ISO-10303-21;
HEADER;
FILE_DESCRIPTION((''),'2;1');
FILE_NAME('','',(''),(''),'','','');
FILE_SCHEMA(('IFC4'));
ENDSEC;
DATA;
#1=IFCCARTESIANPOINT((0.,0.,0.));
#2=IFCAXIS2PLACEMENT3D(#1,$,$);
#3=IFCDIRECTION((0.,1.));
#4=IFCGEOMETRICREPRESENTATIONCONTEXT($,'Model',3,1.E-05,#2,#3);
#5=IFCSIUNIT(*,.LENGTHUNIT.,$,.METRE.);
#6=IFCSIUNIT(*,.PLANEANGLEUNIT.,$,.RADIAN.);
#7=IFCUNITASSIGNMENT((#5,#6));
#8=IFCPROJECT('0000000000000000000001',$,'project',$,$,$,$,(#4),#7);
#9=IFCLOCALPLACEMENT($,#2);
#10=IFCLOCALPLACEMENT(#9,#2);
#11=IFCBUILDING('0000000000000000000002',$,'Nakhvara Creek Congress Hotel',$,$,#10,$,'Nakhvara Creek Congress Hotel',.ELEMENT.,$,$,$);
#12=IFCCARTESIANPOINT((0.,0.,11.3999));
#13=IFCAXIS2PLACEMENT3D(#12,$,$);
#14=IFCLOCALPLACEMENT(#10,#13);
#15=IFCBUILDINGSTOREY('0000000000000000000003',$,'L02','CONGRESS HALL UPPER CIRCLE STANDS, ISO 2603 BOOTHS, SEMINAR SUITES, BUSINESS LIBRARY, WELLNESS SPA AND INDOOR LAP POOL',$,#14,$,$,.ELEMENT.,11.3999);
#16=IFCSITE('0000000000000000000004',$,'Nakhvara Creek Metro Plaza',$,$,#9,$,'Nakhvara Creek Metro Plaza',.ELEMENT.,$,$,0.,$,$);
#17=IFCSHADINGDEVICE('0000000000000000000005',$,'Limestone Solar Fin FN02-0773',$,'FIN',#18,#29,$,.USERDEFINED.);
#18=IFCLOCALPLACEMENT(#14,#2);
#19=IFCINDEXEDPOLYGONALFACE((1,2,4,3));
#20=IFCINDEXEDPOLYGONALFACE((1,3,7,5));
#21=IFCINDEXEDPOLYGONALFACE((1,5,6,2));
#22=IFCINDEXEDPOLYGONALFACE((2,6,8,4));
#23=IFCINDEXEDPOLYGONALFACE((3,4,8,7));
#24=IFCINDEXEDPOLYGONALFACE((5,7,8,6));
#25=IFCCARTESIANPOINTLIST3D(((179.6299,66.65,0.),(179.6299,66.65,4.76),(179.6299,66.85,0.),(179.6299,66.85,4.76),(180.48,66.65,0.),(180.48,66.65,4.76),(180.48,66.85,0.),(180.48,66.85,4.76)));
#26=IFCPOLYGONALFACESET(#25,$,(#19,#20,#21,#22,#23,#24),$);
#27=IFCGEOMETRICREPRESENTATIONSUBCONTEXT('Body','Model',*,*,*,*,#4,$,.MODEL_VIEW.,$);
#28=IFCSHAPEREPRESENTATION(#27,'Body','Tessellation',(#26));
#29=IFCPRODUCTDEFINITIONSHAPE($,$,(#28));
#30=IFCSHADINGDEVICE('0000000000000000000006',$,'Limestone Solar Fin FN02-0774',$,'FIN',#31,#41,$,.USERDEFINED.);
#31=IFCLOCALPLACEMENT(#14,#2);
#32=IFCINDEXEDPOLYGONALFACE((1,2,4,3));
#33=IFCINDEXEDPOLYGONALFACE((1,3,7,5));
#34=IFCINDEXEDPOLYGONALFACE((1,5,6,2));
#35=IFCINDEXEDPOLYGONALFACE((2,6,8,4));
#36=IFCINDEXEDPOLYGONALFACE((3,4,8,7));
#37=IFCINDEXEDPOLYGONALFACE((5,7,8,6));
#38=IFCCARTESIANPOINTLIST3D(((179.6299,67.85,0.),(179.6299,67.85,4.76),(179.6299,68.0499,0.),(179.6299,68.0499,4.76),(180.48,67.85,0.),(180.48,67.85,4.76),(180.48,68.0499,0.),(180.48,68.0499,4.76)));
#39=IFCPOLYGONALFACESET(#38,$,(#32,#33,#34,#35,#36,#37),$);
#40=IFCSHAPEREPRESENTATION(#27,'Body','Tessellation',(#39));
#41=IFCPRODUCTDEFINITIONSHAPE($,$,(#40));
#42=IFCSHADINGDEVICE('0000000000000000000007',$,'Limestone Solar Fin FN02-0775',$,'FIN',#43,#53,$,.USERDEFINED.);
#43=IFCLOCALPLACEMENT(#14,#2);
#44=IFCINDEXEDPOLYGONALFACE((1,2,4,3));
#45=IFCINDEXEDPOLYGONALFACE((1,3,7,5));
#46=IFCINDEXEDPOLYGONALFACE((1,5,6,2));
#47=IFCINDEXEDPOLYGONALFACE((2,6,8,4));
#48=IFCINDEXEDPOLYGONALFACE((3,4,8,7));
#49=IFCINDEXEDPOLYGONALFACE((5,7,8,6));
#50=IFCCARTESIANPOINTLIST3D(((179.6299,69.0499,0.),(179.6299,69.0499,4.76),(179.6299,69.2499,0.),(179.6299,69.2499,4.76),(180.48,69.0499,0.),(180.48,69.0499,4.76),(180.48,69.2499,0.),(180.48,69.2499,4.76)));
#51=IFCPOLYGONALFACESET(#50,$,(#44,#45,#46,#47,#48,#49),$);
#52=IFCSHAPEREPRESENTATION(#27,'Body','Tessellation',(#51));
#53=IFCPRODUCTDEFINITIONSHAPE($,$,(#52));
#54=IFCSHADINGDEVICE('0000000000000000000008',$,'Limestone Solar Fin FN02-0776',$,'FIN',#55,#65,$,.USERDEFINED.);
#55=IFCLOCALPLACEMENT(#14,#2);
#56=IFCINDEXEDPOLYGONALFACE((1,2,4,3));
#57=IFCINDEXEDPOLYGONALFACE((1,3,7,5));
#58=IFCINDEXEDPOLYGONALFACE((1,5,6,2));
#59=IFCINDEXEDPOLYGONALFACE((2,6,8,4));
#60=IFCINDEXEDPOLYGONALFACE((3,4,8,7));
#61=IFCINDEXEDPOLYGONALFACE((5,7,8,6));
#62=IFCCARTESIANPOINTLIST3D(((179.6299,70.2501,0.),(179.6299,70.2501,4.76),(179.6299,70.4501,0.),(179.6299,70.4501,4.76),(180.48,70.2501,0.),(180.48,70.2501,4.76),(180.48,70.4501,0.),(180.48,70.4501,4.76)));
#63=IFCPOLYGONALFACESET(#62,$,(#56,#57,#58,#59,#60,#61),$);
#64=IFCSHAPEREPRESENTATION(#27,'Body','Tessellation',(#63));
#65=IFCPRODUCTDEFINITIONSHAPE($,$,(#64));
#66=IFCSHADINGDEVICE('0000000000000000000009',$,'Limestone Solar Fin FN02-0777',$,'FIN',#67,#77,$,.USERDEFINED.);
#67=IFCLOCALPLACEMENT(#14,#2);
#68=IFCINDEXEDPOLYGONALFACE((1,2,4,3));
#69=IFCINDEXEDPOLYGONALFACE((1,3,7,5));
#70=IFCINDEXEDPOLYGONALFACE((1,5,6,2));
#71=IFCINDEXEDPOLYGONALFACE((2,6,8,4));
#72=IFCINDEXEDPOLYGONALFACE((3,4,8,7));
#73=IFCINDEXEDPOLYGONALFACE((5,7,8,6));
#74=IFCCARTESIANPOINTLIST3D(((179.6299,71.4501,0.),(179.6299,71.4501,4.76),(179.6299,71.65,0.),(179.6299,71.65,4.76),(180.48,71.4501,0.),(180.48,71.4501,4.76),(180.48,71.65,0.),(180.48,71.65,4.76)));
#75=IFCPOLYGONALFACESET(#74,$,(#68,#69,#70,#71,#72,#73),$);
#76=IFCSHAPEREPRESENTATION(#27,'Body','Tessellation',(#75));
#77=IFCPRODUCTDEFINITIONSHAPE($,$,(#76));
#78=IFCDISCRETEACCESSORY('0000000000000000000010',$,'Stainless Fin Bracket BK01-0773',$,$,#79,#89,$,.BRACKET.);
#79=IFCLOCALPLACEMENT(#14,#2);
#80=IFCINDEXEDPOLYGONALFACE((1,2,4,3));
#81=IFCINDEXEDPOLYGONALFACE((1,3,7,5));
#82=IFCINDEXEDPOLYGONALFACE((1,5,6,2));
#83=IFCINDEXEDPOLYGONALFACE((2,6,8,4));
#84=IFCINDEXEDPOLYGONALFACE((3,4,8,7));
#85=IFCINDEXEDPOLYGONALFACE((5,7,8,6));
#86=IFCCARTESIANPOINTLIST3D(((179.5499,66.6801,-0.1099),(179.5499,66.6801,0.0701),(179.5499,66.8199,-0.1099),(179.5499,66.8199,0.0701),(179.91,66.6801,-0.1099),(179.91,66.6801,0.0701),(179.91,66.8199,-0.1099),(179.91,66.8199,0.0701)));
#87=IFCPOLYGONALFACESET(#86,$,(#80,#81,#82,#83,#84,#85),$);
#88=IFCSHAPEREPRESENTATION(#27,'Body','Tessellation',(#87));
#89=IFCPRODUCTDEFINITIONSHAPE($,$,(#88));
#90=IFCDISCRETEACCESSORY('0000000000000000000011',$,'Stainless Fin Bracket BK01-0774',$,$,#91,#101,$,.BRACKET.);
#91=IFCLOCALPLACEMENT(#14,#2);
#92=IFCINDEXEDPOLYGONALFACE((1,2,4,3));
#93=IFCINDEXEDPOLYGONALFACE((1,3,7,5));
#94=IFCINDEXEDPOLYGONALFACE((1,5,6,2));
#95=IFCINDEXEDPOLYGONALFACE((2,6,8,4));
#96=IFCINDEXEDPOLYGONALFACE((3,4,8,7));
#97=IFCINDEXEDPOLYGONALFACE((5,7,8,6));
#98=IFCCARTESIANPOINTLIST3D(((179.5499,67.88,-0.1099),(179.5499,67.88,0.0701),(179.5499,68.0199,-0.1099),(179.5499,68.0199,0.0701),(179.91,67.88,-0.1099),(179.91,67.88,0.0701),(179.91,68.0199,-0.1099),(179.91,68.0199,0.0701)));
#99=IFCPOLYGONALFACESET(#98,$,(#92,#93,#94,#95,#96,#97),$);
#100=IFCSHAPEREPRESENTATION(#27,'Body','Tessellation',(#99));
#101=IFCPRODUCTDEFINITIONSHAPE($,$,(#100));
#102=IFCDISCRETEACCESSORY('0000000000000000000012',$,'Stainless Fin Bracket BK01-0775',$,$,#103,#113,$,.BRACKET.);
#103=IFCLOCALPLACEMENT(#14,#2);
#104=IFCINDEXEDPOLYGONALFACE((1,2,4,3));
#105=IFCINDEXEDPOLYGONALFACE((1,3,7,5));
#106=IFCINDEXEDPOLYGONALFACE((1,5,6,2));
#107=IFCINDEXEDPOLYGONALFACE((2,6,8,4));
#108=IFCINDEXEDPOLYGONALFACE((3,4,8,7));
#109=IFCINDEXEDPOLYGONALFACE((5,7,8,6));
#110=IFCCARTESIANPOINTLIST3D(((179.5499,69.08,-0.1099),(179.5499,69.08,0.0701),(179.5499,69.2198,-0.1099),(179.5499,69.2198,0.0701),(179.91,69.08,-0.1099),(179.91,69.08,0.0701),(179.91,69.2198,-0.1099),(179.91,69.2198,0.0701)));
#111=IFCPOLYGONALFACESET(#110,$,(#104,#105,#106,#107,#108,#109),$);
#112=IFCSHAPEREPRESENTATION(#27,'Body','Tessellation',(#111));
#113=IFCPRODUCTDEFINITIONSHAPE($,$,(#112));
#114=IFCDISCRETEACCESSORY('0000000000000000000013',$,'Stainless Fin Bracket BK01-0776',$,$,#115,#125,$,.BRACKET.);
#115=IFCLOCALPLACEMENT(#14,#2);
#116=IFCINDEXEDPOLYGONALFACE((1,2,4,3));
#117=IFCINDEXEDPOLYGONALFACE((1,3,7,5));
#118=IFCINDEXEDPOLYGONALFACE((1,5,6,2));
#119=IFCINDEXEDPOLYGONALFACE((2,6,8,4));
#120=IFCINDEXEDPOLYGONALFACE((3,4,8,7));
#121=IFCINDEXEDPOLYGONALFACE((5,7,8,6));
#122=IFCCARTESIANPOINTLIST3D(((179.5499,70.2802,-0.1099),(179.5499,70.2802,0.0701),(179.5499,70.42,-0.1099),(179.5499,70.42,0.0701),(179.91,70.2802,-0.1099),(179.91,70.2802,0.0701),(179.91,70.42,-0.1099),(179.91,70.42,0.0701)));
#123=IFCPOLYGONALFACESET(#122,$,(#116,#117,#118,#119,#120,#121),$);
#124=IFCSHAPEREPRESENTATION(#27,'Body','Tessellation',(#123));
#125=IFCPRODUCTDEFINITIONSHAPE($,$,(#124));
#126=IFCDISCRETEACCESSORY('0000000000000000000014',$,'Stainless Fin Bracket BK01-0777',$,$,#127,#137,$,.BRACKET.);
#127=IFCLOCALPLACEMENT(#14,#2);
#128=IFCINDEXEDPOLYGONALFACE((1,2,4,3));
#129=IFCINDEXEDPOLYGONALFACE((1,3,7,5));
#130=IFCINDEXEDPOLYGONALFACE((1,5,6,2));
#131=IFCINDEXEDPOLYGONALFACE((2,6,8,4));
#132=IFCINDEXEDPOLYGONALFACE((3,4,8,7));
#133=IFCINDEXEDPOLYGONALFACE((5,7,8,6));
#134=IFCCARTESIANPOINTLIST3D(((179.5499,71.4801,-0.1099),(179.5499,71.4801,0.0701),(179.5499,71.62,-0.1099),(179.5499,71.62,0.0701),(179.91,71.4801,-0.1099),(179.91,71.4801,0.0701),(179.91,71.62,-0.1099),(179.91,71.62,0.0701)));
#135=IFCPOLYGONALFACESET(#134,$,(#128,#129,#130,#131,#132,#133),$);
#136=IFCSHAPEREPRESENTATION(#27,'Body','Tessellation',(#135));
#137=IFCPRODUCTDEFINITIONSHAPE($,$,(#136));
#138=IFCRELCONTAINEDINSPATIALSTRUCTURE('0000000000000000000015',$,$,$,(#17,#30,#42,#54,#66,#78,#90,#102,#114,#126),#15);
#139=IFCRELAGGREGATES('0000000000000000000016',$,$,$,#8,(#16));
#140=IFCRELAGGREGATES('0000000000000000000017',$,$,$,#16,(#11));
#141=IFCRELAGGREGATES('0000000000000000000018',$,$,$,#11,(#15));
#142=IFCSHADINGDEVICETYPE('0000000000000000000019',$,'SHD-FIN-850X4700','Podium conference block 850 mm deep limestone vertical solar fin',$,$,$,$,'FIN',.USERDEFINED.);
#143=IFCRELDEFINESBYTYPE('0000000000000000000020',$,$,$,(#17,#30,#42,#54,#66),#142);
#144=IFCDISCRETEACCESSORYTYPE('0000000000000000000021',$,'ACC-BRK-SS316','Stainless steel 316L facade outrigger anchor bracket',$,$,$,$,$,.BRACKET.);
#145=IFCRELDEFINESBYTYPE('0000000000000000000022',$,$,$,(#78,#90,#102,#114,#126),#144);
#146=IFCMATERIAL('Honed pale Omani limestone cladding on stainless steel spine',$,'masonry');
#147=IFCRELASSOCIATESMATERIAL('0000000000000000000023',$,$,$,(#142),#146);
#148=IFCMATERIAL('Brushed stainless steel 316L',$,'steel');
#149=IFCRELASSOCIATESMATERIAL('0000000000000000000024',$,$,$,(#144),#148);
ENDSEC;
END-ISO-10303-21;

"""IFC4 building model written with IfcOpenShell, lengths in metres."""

from ifc_helpers import new_model, si_unit, direction, frame, origin, origin_2d, place, context, subcontext, project, spatial, rectangle, extrude, material, type_object, element, save


model = new_model("IFC4")

# Units and contexts
model_context = context("Model", 3, precision=1e-05, world=origin(), true_north=direction((0.0, 1.0)))
body_context = subcontext(model_context, "Body", "Model", "MODEL_VIEW")
ifc_project = project(units=[si_unit("LENGTHUNIT", "METRE"), si_unit("PLANEANGLEUNIT", "RADIAN")], contexts=[model_context])

# Site, building, storey
site_placement = place(None, origin())
site = spatial("IfcSite", under=ifc_project, at=site_placement, Name="Nakhvara Creek Metro Plaza", LongName="Nakhvara Creek Metro Plaza", CompositionType="ELEMENT", RefElevation=0.0)
building_placement = place(site_placement, origin())
building = spatial("IfcBuilding", under=site, at=building_placement, Name="Nakhvara Creek Congress Hotel", LongName="Nakhvara Creek Congress Hotel", CompositionType="ELEMENT")
storey_placement = place(building_placement, frame((0.0, 0.0, 11.3999)))
storey = spatial("IfcBuildingStorey", under=building, at=storey_placement, Name="L02", Description="CONGRESS HALL UPPER CIRCLE STANDS, ISO 2603 BOOTHS, SEMINAR SUITES, BUSINESS LIBRARY, WELLNESS SPA AND INDOOR LAP POOL", CompositionType="ELEMENT", Elevation=11.3999)

# Shading devices
ifc_material_1 = material(Name="Honed pale Omani limestone cladding on stainless steel spine", Category="masonry")
shading_device_type = type_object("IfcShadingDeviceType", Name="SHD-FIN-850X4700", Description="Podium conference block 850 mm deep limestone vertical solar fin", ElementType="FIN", PredefinedType="USERDEFINED", material=ifc_material_1)
for number, where, z_axis, x_axis, name in (
    (1, (180.0549, 66.75, 0.0), (0.0, 0.0, 1.0), (0.0, 1.0, 0.0), "Limestone Solar Fin FN02-0773"),
    (2, (180.0549, 67.95, 0.0), (0.0, 0.0, 1.0), (0.0, 1.0, 0.0), "Limestone Solar Fin FN02-0774"),
    (3, (180.0549, 69.1499, 0.0), (0.0, 0.0, 1.0), (0.0, 1.0, 0.0), "Limestone Solar Fin FN02-0775"),
    (4, (180.0549, 70.3501, 0.0), (0.0, 0.0, 1.0), (0.0, 1.0, 0.0), "Limestone Solar Fin FN02-0776"),
    (5, (180.0549, 71.55, 0.0), (0.0, 0.0, 1.0), (0.0, 1.0, 0.0), "Limestone Solar Fin FN02-0777"),
):
    element("IfcShadingDevice", number, at=place(storey_placement, frame(where, z_axis=z_axis, x_axis=x_axis)), inside=storey, type_object=shading_device_type, Name=name, ObjectType="FIN", PredefinedType="USERDEFINED", context=body_context, shape_type="SweptSolid", body=[
        extrude(rectangle(XDim=0.2, YDim=0.8501, at=origin_2d()), origin(), (0.0, 0.0, 1.0), 4.76),
    ])

# Discrete accessories
ifc_material_2 = material(Name="Brushed stainless steel 316L", Category="steel")
discrete_accessory_type = type_object("IfcDiscreteAccessoryType", Name="ACC-BRK-SS316", Description="Stainless steel 316L facade outrigger anchor bracket", PredefinedType="BRACKET", material=ifc_material_2)
for number, where, z_axis, x_axis, name in (
    (6, (179.73, 66.75, -0.1099), (0.0, 0.0, 1.0), (0.0, 1.0, 0.0), "Stainless Fin Bracket BK01-0773"),
    (7, (179.73, 67.95, -0.1099), (0.0, 0.0, 1.0), (0.0, 1.0, 0.0), "Stainless Fin Bracket BK01-0774"),
    (8, (179.73, 69.1499, -0.1099), (0.0, 0.0, 1.0), (0.0, 1.0, 0.0), "Stainless Fin Bracket BK01-0775"),
    (9, (179.73, 70.3501, -0.1099), (0.0, 0.0, 1.0), (0.0, 1.0, 0.0), "Stainless Fin Bracket BK01-0776"),
    (10, (179.73, 71.55, -0.1099), (0.0, 0.0, 1.0), (0.0, 1.0, 0.0), "Stainless Fin Bracket BK01-0777"),
):
    element("IfcDiscreteAccessory", number, at=place(storey_placement, frame(where, z_axis=z_axis, x_axis=x_axis)), inside=storey, type_object=discrete_accessory_type, Name=name, PredefinedType="BRACKET", context=body_context, shape_type="SweptSolid", body=[
        extrude(rectangle(XDim=0.1399, YDim=0.3601, at=origin_2d()), origin(), (0.0, 0.0, 1.0), 0.1799),
    ])

save(model, "model.ifc")
